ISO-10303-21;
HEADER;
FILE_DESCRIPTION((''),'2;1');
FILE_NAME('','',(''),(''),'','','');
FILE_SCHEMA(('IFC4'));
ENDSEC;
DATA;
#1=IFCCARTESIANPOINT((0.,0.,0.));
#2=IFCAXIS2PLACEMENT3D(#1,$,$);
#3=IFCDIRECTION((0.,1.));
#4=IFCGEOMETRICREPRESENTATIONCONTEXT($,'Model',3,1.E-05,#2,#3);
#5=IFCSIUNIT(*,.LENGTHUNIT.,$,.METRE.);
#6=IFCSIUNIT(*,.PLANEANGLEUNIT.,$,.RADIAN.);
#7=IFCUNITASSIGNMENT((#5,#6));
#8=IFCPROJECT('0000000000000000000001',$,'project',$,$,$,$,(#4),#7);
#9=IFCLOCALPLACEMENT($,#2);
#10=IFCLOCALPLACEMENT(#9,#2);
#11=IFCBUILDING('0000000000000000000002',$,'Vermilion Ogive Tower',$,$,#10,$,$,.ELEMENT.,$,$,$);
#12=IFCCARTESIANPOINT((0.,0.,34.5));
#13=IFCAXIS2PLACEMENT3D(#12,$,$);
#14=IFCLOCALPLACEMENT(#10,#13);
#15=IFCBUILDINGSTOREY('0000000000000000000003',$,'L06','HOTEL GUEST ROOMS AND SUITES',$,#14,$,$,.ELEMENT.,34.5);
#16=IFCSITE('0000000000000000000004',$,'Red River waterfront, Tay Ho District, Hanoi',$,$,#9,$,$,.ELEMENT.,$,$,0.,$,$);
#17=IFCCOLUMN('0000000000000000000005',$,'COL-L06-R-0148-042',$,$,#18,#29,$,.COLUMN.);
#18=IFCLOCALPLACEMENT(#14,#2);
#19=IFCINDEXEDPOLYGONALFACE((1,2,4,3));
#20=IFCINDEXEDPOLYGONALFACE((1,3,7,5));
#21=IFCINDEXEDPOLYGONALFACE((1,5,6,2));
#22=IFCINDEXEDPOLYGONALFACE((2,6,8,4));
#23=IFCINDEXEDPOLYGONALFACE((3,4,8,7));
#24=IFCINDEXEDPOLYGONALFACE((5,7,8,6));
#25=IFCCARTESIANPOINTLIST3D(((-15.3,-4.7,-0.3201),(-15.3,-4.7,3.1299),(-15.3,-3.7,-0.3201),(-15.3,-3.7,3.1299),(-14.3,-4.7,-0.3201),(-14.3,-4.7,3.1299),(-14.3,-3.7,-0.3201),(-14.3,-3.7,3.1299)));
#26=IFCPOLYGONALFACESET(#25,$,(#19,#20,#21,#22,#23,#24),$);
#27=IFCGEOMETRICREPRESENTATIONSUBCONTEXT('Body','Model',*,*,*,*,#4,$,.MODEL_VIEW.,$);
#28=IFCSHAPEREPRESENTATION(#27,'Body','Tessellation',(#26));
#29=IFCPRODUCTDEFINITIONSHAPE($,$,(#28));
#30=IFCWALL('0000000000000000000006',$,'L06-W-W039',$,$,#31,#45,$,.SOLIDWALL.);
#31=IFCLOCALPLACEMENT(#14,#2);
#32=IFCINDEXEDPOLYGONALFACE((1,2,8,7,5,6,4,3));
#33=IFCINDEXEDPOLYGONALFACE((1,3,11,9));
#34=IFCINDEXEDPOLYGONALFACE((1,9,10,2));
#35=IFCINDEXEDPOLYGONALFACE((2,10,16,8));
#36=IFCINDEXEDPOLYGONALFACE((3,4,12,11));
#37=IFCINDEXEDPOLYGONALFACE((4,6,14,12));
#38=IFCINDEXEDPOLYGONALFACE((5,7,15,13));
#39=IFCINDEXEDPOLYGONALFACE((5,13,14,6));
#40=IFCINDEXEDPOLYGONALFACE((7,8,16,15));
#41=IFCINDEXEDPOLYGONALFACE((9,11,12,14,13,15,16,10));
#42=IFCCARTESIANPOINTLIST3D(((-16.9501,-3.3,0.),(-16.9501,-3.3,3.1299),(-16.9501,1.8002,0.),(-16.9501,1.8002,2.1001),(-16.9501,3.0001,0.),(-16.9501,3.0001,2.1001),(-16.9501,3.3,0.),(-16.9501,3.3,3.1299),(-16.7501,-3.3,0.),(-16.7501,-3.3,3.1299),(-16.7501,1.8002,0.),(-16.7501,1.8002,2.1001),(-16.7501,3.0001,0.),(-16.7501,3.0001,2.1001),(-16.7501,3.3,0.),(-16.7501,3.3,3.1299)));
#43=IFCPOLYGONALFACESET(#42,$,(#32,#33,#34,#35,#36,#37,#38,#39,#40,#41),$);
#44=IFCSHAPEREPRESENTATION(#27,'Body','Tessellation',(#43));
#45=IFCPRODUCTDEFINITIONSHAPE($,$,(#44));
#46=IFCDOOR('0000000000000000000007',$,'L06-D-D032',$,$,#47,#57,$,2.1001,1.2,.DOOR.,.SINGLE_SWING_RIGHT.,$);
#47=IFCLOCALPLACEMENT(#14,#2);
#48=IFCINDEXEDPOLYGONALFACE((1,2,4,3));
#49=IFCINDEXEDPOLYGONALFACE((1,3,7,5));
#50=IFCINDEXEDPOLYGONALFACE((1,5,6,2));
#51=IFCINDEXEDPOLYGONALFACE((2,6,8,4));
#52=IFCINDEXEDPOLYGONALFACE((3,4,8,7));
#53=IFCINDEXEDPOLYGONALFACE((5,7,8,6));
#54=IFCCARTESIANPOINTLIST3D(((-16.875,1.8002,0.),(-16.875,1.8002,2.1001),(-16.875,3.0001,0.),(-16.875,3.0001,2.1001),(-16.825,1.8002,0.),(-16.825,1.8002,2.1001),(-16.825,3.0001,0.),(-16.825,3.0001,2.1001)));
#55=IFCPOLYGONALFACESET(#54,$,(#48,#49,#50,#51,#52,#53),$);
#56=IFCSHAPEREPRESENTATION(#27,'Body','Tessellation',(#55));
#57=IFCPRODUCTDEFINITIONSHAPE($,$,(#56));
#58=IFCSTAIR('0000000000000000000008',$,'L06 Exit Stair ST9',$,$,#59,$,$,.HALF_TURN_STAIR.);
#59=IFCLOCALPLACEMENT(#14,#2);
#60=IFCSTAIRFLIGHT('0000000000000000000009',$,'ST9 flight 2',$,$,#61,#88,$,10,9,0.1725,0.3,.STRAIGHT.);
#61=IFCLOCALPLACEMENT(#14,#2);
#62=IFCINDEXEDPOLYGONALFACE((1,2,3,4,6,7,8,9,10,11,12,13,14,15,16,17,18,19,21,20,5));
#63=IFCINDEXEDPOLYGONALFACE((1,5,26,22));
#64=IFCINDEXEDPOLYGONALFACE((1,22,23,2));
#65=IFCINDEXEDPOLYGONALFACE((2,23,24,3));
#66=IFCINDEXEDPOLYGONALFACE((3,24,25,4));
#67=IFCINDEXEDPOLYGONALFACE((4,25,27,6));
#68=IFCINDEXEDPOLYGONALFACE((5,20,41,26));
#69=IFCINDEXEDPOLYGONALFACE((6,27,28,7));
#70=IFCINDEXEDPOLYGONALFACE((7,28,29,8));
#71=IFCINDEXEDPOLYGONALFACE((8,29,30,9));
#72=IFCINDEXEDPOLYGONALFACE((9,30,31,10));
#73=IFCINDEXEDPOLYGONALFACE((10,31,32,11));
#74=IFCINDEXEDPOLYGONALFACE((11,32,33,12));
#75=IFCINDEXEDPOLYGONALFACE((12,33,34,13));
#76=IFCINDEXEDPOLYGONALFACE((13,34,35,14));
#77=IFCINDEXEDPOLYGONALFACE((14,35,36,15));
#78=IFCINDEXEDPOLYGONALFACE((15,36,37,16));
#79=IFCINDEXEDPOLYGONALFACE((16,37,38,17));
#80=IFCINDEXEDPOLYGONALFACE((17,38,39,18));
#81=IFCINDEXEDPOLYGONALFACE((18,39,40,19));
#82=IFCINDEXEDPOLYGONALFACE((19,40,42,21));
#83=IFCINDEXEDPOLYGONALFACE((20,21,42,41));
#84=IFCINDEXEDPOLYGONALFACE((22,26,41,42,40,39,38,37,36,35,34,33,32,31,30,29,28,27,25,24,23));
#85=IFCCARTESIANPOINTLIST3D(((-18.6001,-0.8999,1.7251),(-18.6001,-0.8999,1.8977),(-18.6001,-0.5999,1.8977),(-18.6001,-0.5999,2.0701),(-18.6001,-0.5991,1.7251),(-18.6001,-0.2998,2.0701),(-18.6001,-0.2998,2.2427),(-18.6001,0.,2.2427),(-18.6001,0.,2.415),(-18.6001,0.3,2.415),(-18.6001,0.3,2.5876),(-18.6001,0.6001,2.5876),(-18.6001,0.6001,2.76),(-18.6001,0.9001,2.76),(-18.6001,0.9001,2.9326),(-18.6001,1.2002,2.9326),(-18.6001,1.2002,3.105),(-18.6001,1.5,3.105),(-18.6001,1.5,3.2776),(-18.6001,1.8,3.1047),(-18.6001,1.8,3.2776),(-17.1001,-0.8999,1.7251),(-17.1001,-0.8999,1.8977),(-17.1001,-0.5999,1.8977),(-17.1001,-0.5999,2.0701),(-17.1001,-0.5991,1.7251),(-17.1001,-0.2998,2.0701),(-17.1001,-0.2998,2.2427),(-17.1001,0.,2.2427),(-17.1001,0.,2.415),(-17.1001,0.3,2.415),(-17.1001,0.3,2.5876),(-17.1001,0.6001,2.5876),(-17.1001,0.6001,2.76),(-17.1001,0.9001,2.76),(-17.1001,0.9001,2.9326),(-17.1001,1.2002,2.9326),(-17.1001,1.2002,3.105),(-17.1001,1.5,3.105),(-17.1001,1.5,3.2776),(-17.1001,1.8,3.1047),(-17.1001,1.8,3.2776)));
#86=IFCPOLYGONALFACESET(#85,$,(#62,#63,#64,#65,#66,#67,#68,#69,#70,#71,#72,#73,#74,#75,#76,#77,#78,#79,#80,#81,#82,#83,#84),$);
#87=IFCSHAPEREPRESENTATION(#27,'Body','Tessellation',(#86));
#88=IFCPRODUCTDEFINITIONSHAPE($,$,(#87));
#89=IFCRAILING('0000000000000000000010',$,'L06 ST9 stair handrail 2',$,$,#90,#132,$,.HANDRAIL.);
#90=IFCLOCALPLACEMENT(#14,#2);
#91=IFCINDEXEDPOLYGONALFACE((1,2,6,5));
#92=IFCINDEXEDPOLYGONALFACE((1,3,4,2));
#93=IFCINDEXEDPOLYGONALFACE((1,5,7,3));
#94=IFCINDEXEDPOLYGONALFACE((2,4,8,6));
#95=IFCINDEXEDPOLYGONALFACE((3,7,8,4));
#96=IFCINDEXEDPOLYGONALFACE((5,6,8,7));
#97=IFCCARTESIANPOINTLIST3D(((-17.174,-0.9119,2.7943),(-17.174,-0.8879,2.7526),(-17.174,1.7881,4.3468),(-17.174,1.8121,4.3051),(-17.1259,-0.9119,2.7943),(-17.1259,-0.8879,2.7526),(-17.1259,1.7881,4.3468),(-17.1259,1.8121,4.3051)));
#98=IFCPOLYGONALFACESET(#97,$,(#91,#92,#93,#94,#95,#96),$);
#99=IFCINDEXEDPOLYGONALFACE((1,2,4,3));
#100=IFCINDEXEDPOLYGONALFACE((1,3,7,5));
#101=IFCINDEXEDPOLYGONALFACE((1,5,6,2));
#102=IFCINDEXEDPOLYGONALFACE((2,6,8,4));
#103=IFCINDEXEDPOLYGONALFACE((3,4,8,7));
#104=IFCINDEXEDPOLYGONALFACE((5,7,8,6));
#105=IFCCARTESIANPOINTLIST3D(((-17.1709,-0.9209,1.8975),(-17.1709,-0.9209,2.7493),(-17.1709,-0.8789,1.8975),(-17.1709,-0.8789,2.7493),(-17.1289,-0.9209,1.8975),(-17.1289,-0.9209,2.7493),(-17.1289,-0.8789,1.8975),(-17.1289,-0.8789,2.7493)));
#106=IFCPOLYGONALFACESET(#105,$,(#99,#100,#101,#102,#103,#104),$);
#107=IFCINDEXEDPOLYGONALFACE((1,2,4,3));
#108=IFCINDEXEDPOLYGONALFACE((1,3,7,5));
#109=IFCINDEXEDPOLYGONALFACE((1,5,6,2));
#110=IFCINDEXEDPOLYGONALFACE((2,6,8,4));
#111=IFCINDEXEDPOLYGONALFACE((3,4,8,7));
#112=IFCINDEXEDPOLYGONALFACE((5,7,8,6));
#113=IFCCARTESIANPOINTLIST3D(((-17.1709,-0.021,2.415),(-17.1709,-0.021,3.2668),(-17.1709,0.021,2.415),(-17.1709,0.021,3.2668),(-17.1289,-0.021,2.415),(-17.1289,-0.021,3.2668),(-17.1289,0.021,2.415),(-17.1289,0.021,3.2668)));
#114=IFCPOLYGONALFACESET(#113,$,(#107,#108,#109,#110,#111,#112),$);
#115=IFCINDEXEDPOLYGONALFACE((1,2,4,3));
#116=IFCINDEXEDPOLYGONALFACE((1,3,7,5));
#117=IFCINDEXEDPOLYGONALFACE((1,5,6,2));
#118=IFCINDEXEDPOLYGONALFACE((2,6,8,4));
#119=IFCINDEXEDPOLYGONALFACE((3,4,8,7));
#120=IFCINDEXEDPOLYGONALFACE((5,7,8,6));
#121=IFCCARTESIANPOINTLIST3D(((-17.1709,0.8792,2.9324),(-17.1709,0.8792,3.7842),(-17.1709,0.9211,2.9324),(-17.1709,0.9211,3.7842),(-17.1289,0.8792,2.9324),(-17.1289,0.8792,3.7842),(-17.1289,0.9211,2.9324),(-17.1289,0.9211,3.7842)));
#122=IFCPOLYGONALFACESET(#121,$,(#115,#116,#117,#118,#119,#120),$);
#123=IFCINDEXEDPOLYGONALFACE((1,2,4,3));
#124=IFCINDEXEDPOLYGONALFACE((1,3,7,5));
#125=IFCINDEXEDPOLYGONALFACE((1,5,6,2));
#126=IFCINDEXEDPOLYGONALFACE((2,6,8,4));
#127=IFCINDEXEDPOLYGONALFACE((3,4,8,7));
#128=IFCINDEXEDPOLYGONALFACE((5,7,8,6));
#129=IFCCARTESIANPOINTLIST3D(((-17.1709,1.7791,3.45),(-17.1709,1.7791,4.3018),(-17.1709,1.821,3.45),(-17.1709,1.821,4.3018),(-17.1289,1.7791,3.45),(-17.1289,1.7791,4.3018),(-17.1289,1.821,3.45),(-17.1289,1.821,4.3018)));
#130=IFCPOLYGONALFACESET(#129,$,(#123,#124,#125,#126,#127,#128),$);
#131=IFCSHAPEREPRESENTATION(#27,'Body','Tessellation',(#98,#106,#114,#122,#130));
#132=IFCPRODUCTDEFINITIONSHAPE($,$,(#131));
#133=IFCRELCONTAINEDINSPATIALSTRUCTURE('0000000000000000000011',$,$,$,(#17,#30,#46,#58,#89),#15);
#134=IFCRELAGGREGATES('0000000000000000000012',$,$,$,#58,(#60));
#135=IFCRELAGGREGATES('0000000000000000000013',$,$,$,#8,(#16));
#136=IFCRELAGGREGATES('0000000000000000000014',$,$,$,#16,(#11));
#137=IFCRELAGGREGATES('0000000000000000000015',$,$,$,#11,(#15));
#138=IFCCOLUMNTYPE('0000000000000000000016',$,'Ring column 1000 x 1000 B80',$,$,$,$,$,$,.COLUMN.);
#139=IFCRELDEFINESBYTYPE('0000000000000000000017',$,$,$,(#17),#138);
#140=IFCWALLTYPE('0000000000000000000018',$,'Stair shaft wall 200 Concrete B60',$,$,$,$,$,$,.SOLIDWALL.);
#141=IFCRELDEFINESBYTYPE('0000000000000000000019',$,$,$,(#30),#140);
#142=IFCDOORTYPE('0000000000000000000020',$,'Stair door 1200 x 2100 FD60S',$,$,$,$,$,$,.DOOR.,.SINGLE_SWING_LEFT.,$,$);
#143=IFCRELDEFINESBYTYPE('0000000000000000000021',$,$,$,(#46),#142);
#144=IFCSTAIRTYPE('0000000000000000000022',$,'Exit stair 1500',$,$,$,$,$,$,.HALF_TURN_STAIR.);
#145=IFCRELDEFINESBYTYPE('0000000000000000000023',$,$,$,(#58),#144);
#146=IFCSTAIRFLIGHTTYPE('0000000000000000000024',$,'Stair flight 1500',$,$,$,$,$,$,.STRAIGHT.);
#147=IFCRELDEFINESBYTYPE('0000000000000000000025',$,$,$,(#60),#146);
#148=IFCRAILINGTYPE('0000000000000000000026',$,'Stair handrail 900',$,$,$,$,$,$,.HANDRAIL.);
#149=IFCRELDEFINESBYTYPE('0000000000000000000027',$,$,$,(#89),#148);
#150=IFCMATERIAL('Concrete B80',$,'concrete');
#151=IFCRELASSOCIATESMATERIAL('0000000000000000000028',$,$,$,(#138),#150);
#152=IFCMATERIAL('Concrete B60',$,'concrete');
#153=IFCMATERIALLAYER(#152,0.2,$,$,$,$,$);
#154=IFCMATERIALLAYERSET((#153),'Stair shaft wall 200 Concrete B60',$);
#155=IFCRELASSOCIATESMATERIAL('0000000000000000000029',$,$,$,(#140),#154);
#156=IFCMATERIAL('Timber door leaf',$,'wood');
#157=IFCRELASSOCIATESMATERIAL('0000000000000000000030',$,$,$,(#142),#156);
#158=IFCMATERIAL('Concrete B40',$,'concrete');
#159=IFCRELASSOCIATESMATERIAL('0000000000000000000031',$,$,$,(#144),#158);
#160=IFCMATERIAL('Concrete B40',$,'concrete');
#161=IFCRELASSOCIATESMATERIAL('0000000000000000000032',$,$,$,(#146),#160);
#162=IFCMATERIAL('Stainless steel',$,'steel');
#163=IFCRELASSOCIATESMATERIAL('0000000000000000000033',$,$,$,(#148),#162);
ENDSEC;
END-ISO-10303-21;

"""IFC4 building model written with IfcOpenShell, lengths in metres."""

from ifc_helpers import new_model, si_unit, direction, frame, frame_2d, origin, origin_2d, place, context, subcontext, project, spatial, polyline, rectangle, outline, extrude, material, layer, layer_set, material_profile, profile_set, type_object, element, fill, aggregate, save


model = new_model("IFC4")

# Units and contexts
model_context = context("Model", 3, precision=1e-05, world=origin(), true_north=direction((0.0, 1.0)))
body_context = subcontext(model_context, "Body", "Model", "MODEL_VIEW")
ifc_project = project(units=[si_unit("LENGTHUNIT", "METRE"), si_unit("PLANEANGLEUNIT", "RADIAN")], contexts=[model_context])

# Site, building, storey
site_placement = place(None, origin())
site = spatial("IfcSite", under=ifc_project, at=site_placement, Name="Red River waterfront, Tay Ho District, Hanoi", CompositionType="ELEMENT", RefElevation=0.0)
building_placement = place(site_placement, origin())
building = spatial("IfcBuilding", under=site, at=building_placement, Name="Vermilion Ogive Tower", CompositionType="ELEMENT")
storey_placement = place(building_placement, frame((0.0, 0.0, 34.5)))
storey = spatial("IfcBuildingStorey", under=building, at=storey_placement, Name="L06", Description="HOTEL GUEST ROOMS AND SUITES", CompositionType="ELEMENT", Elevation=34.5)

# Column
ifc_material_1 = material(Name="Concrete B80", Category="concrete")
ifc_material_profile = material_profile(ifc_material_1, rectangle(XDim=1.0, YDim=1.0, at=origin_2d()), Name="1000 x 1000")
ifc_profile_set = profile_set([ifc_material_profile], Name="Concrete B80")
column_type = type_object("IfcColumnType", Name="Ring column 1000 x 1000 B80", PredefinedType="COLUMN", material=ifc_profile_set)
column_placement = place(storey_placement, frame((-14.8, -4.2, -0.3201), z_axis=(0.0, 0.0, 1.0), x_axis=(1.0, 0.0, 0.0)))
element("IfcColumn", 1, at=column_placement, inside=storey, type_object=column_type, Name="COL-L06-R-0148-042", PredefinedType="COLUMN", context=body_context, shape_type="SweptSolid", body=[
    extrude(rectangle(XDim=1.0, YDim=1.0, at=origin_2d()), origin(), (0.0, 0.0, 1.0), 3.45),
])

# Wall, opening, door
ifc_material_2 = material(Name="Concrete B60", Category="concrete")
ifc_layer = layer(ifc_material_2, 0.2)
ifc_layer_set = layer_set([ifc_layer], Name="Stair shaft wall 200 Concrete B60")
wall_type = type_object("IfcWallType", Name="Stair shaft wall 200 Concrete B60", PredefinedType="SOLIDWALL", material=ifc_layer_set)
wall_placement = place(storey_placement, frame((-16.8501, -3.3, 0.0), z_axis=(0.0, 0.0, 1.0), x_axis=(0.0, 1.0, 0.0)))
wall = element("IfcWall", 2, at=wall_placement, inside=storey, type_object=wall_type, Name="L06-W-W039", PredefinedType="SOLIDWALL", context=body_context, shape_type="SweptSolid", body=[
    extrude(rectangle(XDim=6.6001, YDim=0.2, at=frame_2d((3.3, 0.0))), origin(), (0.0, 0.0, 1.0), 3.1299),
])
opening_placement = place(wall_placement, frame((5.1001, 0.0, 0.0)))
opening = element("IfcOpeningElement", 3, at=opening_placement, cuts=wall, PredefinedType="OPENING", context=body_context, shape_type="SweptSolid", body=[
    extrude(rectangle(XDim=1.2, YDim=2.1001, at=frame_2d((0.6001, 1.05))), frame((0.0, 0.1099, 0.0), z_axis=(0.0, -1.0, 0.0), x_axis=(1.0, 0.0, 0.0)), (0.0, 0.0, 1.0), 0.22),
])
ifc_material_3 = material(Name="Timber door leaf", Category="wood")
door_type = type_object("IfcDoorType", Name="Stair door 1200 x 2100 FD60S", OperationType="SINGLE_SWING_LEFT", PredefinedType="DOOR", material=ifc_material_3)
door_placement = place(opening_placement, origin())
door = element("IfcDoor", 4, at=door_placement, inside=storey, type_object=door_type, Name="L06-D-D032", OperationType="SINGLE_SWING_RIGHT", OverallHeight=2.1001, OverallWidth=1.2, PredefinedType="DOOR", context=body_context, shape_type="SweptSolid", body=[
    extrude(rectangle(XDim=1.2, YDim=2.1001, at=frame_2d((0.6001, 1.05))), frame((0.0, 0.0249, 0.0), z_axis=(0.0, -1.0, 0.0), x_axis=(1.0, 0.0, 0.0)), (0.0, 0.0, 1.0), 0.05),
])
fill(opening, door)

# Stair, stair flight
ifc_material_4 = material(Name="Concrete B40", Category="concrete")
stair_type = type_object("IfcStairType", Name="Exit stair 1500", PredefinedType="HALF_TURN_STAIR", material=ifc_material_4)
stair_placement = place(storey_placement, origin())
stair = element("IfcStair", 5, at=stair_placement, inside=storey, type_object=stair_type, Name="L06 Exit Stair ST9", PredefinedType="HALF_TURN_STAIR")
ifc_material_5 = material(Name="Concrete B40", Category="concrete")
stair_flight_type = type_object("IfcStairFlightType", Name="Stair flight 1500", PredefinedType="STRAIGHT", material=ifc_material_5)
stair_flight_placement = place(storey_placement, frame((-17.8501, -0.8999, 1.7251), z_axis=(0.0, 0.0, 1.0), x_axis=(0.0, 1.0, 0.0)))
stair_flight = element("IfcStairFlight", 6, at=stair_flight_placement, type_object=stair_flight_type, Name="ST9 flight 2", NumberOfRisers=10, NumberOfTreads=9, PredefinedType="STRAIGHT", RiserHeight=0.1725, TreadLength=0.3, context=body_context, shape_type="SweptSolid", body=[
    extrude(outline(polyline([(0.0, 0.0), (0.0, 0.1726), (0.3, 0.1726), (0.3, 0.345), (0.6001, 0.345), (0.6001, 0.5176), (0.8999, 0.5176), (0.8999, 0.6899), (1.2, 0.6899), (1.2, 0.8625), (1.5, 0.8625), (1.5, 1.0349), (1.8, 1.0349), (1.8, 1.2075), (2.1001, 1.2075), (2.1001, 1.3799), (2.3999, 1.3799), (2.3999, 1.5525), (2.7, 1.5525), (2.7, 1.7251), (2.7, 1.3796), (0.3008, 0.0), (0.0, 0.0)])), frame((0.0, 0.75, 0.0), z_axis=(0.0, -1.0, 0.0), x_axis=(1.0, 0.0, 0.0)), (0.0, 0.0, 1.0), 1.5),
])
aggregate(stair, [stair_flight])

# Railing
ifc_material_6 = material(Name="Stainless steel", Category="steel")
railing_type = type_object("IfcRailingType", Name="Stair handrail 900", PredefinedType="HANDRAIL", material=ifc_material_6)
railing_placement = place(storey_placement, frame((-17.1499, -0.8999, 1.8975)))
element("IfcRailing", 7, at=railing_placement, inside=storey, type_object=railing_type, Name="L06 ST9 stair handrail 2", PredefinedType="HANDRAIL", context=body_context, shape_type="SweptSolid", body=[
    extrude(rectangle(XDim=0.0481, YDim=0.0481, at=origin_2d()), frame((0.0, 0.0, 0.876), z_axis=(0.0, 0.866904, 0.498476), x_axis=(-1.0, 0.0, 0.0)), (0.0, 0.0, 1.0), 3.1145),
    extrude(rectangle(XDim=0.042, YDim=0.042, at=origin_2d()), origin(), (0.0, 0.0, 1.0), 0.8518),
    extrude(rectangle(XDim=0.042, YDim=0.042, at=origin_2d()), frame((0.0, 0.8999, 0.5176)), (0.0, 0.0, 1.0), 0.8518),
    extrude(rectangle(XDim=0.042, YDim=0.042, at=origin_2d()), frame((0.0, 1.8, 1.0349)), (0.0, 0.0, 1.0), 0.8518),
    extrude(rectangle(XDim=0.042, YDim=0.042, at=origin_2d()), frame((0.0, 2.7, 1.5525)), (0.0, 0.0, 1.0), 0.8518),
])

save(model, "model.ifc")
